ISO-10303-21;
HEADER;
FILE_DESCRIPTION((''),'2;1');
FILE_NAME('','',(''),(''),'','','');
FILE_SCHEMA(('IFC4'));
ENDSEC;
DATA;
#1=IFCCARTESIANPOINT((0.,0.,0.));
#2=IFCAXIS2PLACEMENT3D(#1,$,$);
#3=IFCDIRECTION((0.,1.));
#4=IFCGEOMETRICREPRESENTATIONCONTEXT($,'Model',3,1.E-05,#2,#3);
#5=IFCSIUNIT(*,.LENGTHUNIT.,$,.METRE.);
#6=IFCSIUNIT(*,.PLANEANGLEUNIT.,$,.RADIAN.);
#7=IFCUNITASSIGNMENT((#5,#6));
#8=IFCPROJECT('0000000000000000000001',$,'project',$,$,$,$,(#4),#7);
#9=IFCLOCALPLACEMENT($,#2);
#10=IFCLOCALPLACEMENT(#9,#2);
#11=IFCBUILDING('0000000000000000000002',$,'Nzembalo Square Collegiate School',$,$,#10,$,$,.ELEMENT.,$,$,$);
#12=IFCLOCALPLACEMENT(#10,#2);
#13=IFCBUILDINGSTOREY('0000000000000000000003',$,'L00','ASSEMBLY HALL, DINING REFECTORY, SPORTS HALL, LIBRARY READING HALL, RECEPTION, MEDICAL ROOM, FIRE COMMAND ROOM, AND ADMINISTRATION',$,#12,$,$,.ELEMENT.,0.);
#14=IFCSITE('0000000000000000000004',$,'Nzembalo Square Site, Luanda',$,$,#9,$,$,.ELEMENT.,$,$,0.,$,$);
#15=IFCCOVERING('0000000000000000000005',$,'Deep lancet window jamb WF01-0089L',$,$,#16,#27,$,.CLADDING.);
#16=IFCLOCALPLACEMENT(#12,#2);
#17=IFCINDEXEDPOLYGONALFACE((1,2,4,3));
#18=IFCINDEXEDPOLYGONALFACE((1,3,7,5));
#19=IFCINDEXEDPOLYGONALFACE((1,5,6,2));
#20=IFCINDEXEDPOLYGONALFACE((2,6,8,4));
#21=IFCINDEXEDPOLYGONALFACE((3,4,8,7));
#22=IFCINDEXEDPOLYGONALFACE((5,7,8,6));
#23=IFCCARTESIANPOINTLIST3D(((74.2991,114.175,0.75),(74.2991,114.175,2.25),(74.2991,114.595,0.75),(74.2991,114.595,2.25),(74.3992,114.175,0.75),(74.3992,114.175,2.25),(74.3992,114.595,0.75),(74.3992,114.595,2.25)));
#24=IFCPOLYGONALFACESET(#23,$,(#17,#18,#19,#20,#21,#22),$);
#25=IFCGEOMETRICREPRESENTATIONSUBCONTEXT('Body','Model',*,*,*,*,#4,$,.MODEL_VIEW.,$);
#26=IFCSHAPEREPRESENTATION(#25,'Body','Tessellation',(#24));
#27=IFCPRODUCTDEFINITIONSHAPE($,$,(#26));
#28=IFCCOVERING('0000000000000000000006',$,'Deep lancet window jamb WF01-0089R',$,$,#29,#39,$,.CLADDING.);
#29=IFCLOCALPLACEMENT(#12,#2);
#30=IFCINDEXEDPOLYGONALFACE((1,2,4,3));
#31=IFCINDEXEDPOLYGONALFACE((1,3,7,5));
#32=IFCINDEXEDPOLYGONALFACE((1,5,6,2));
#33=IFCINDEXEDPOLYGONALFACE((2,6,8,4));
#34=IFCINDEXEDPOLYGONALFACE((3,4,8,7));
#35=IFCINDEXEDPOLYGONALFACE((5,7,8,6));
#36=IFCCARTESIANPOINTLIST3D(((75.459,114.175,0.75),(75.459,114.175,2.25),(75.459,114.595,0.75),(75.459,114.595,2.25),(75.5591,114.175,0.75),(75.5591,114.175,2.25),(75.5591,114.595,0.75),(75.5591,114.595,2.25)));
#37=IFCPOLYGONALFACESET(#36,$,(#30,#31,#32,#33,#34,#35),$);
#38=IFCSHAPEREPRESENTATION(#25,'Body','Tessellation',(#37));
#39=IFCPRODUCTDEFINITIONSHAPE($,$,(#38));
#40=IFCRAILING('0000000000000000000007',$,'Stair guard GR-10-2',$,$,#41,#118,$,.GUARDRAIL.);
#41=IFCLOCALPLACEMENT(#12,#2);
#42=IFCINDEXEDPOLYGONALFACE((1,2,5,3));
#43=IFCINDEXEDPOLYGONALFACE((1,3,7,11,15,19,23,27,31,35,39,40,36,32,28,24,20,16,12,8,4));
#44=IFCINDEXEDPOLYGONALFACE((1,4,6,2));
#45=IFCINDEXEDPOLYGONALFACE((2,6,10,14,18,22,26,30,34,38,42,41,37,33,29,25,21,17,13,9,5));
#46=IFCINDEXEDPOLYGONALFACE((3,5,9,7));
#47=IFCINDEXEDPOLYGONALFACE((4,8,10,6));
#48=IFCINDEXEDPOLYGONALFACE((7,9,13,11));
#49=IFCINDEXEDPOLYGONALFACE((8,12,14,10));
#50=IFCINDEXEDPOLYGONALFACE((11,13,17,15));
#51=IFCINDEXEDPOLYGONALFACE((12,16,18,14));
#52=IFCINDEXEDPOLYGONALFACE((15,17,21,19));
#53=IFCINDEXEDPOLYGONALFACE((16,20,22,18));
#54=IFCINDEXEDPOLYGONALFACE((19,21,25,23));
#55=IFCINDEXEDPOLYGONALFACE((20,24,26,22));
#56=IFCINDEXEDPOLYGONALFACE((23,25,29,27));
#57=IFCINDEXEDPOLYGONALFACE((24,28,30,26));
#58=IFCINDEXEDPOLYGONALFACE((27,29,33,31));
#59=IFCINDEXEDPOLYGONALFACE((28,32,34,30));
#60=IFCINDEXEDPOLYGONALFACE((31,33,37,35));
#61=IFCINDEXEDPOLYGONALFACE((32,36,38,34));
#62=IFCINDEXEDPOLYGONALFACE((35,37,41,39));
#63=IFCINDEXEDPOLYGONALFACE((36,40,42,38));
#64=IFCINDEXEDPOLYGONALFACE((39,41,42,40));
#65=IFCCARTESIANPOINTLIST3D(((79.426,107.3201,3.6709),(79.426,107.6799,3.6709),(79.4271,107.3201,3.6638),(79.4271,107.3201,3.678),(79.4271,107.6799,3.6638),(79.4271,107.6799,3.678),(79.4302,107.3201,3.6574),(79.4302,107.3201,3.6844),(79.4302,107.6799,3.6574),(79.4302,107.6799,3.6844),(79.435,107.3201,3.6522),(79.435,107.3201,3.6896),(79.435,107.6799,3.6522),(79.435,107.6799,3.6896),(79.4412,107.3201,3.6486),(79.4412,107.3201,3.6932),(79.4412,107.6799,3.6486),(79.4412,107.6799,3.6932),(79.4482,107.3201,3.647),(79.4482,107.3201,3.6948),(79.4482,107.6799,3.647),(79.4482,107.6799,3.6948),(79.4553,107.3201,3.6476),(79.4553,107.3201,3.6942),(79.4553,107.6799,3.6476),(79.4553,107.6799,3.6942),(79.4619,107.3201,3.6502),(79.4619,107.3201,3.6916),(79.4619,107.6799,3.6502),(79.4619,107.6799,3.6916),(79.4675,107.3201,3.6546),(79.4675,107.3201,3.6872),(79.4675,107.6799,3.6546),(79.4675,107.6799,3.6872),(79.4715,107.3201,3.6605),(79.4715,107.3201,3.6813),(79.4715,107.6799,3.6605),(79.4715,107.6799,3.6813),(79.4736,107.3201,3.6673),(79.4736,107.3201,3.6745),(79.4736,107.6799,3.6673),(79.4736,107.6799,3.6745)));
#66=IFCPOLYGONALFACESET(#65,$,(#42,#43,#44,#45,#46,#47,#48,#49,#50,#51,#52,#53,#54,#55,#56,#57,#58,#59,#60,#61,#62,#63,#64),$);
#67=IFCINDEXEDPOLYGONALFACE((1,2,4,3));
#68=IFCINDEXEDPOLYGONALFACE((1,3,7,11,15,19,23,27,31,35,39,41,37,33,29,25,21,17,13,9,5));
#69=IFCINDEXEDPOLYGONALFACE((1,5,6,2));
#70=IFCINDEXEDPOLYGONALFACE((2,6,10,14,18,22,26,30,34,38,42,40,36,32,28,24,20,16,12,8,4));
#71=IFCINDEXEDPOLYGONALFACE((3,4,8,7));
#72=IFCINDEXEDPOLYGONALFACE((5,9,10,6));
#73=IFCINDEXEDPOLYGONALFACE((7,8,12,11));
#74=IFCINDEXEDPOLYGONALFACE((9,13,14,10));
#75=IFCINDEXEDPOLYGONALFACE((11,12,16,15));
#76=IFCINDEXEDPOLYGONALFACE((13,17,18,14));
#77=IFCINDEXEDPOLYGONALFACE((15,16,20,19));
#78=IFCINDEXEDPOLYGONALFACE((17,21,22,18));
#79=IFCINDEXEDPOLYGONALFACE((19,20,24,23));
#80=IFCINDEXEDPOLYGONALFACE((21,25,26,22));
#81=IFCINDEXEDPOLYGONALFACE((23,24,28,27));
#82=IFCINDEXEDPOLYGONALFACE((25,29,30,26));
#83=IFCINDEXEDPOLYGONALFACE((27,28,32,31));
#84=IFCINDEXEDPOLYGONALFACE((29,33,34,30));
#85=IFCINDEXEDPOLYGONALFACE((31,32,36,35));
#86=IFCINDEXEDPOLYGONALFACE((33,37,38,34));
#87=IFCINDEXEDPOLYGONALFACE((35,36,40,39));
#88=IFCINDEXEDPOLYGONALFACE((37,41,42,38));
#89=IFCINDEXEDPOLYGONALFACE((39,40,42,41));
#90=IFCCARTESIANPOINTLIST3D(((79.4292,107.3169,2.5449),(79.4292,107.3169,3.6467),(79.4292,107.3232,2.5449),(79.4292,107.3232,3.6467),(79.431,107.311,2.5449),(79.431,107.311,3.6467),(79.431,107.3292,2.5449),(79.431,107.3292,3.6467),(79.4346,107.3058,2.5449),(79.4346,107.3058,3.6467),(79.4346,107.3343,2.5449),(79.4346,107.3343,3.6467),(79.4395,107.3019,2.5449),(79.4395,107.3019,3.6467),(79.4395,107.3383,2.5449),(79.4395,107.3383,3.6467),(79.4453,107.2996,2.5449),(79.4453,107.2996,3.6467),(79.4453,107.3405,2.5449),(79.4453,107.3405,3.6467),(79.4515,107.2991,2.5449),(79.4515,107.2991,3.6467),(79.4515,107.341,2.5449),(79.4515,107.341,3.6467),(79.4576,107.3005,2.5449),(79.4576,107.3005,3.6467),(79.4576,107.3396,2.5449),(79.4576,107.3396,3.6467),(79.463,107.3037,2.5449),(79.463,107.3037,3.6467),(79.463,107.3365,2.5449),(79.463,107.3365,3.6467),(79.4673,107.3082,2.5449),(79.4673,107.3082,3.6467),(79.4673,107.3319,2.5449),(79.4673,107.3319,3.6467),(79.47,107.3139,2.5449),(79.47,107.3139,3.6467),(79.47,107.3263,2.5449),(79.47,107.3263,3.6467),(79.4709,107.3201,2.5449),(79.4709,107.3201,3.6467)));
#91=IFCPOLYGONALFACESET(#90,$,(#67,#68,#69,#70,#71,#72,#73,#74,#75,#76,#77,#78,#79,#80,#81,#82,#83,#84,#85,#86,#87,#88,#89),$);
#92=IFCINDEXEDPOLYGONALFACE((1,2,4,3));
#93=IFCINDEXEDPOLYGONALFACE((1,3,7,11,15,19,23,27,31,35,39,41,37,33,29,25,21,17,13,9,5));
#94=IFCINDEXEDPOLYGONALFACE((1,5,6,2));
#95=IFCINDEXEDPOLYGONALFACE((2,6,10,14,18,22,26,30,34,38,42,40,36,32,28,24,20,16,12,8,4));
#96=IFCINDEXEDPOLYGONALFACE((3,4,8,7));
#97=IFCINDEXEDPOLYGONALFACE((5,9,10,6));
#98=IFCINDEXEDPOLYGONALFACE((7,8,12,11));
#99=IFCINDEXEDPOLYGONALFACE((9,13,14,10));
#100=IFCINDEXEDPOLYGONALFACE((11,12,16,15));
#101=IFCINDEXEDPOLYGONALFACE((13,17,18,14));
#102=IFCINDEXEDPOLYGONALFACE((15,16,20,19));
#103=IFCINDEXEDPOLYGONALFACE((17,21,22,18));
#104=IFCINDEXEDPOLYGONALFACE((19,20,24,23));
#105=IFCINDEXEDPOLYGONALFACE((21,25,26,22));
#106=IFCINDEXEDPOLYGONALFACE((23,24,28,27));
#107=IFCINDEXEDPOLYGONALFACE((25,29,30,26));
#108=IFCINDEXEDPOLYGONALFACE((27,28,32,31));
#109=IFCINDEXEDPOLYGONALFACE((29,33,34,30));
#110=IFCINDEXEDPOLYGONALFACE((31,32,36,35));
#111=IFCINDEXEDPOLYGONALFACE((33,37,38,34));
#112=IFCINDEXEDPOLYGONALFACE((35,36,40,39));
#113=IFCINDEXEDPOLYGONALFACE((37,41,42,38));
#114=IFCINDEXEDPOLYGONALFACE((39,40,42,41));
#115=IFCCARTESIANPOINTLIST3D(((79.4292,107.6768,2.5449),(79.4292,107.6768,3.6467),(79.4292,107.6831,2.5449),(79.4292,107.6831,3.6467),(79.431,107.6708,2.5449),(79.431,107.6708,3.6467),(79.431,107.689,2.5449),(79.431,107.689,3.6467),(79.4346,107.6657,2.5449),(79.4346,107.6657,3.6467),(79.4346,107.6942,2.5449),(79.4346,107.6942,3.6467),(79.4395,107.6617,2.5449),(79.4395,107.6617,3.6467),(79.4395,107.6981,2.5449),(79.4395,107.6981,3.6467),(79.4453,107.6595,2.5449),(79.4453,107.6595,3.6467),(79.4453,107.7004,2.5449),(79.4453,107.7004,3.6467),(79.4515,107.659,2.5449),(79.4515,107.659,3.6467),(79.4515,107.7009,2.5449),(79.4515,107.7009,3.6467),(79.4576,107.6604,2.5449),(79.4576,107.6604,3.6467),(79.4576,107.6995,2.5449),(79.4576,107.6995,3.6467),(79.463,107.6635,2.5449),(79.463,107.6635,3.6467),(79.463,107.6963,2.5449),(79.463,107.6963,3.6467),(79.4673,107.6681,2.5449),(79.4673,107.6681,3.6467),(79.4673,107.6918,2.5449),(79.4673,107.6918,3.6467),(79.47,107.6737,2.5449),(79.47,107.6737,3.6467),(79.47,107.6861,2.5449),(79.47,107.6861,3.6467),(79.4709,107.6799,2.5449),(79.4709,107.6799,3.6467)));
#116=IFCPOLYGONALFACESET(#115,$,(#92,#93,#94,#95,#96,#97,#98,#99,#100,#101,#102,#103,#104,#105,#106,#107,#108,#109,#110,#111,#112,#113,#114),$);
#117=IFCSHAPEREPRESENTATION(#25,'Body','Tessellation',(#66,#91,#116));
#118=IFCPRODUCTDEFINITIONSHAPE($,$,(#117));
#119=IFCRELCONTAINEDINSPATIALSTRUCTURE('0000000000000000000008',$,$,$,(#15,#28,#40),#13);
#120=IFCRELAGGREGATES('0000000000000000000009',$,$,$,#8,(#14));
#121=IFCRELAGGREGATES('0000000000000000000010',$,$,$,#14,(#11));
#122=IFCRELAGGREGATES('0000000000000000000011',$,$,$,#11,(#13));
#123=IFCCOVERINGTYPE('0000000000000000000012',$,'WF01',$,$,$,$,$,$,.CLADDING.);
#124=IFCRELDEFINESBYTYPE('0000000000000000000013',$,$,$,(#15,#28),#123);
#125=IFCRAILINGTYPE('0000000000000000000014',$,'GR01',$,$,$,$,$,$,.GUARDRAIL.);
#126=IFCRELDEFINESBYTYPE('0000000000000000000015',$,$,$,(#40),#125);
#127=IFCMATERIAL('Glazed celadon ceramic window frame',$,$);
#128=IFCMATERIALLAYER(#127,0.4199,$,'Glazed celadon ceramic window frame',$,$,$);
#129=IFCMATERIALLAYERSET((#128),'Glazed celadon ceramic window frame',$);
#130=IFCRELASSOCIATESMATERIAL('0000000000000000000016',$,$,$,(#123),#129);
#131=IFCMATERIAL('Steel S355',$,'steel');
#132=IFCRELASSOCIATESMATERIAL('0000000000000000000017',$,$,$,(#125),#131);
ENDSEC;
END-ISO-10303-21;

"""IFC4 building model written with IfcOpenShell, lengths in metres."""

from ifc_helpers import new_model, si_unit, direction, frame, origin, origin_2d, place, context, subcontext, project, spatial, rectangle, circle, extrude, material, layer, layer_set, type_object, element, save


model = new_model("IFC4")

# Units and contexts
model_context = context("Model", 3, precision=1e-05, world=origin(), true_north=direction((0.0, 1.0)))
body_context = subcontext(model_context, "Body", "Model", "MODEL_VIEW")
ifc_project = project(units=[si_unit("LENGTHUNIT", "METRE"), si_unit("PLANEANGLEUNIT", "RADIAN")], contexts=[model_context])

# Site, building, storey
site_placement = place(None, origin())
site = spatial("IfcSite", under=ifc_project, at=site_placement, Name="Nzembalo Square Site, Luanda", CompositionType="ELEMENT", RefElevation=0.0)
building_placement = place(site_placement, origin())
building = spatial("IfcBuilding", under=site, at=building_placement, Name="Nzembalo Square Collegiate School", CompositionType="ELEMENT")
storey_placement = place(building_placement, origin())
storey = spatial("IfcBuildingStorey", under=building, at=storey_placement, Name="L00", Description="ASSEMBLY HALL, DINING REFECTORY, SPORTS HALL, LIBRARY READING HALL, RECEPTION, MEDICAL ROOM, FIRE COMMAND ROOM, AND ADMINISTRATION", CompositionType="ELEMENT", Elevation=0.0)

# Coverings
ifc_material_1 = material(Name="Glazed celadon ceramic window frame")
ifc_layer_1 = layer(ifc_material_1, 0.4199, Name="Glazed celadon ceramic window frame")
ifc_layer_set_1 = layer_set([ifc_layer_1], Name="Glazed celadon ceramic window frame")
covering_type = type_object("IfcCoveringType", Name="WF01", PredefinedType="CLADDING", material=ifc_layer_set_1)
for number, where, z_axis, x_axis, name in (
    (1, (74.3491, 114.385, 0.75), (0.0, 0.0, 1.0), (1.0, 0.0, 0.0), "Deep lancet window jamb WF01-0089L"),
    (2, (75.509, 114.385, 0.75), (0.0, 0.0, 1.0), (1.0, 0.0, 0.0), "Deep lancet window jamb WF01-0089R"),
):
    element("IfcCovering", number, at=place(storey_placement, frame(where, z_axis=z_axis, x_axis=x_axis)), inside=storey, type_object=covering_type, Name=name, PredefinedType="CLADDING", context=body_context, shape_type="SweptSolid", body=[
        extrude(rectangle(XDim=0.1001, YDim=0.4199, at=origin_2d()), origin(), (0.0, 0.0, 1.0), 1.5),
    ])

# Railing
ifc_material_2 = material(Name="Steel S355", Category="steel")
railing_type_1 = type_object("IfcRailingType", Name="GR01", PredefinedType="GUARDRAIL", material=ifc_material_2)
railing_1_placement = place(storey_placement, frame((79.45, 107.3201, 2.5449)))
element("IfcRailing", 3, at=railing_1_placement, inside=storey, type_object=railing_type_1, Name="Stair guard GR-10-2", PredefinedType="GUARDRAIL", context=body_context, shape_type="SweptSolid", body=[
    extrude(circle(Radius=0.0239, at=origin_2d()), frame((0.0, 0.0, 1.126), z_axis=(0.0, 1.0, 0.0), x_axis=(-1.0, 0.0, 0.0)), (0.0, 0.0, 1.0), 0.3599),
    extrude(circle(Radius=0.021, at=origin_2d()), origin(), (0.0, 0.0, 1.0), 1.1018),
    extrude(circle(Radius=0.021, at=origin_2d()), frame((0.0, 0.3599, 0.0)), (0.0, 0.0, 1.0), 1.1018),
])

save(model, "model.ifc")
